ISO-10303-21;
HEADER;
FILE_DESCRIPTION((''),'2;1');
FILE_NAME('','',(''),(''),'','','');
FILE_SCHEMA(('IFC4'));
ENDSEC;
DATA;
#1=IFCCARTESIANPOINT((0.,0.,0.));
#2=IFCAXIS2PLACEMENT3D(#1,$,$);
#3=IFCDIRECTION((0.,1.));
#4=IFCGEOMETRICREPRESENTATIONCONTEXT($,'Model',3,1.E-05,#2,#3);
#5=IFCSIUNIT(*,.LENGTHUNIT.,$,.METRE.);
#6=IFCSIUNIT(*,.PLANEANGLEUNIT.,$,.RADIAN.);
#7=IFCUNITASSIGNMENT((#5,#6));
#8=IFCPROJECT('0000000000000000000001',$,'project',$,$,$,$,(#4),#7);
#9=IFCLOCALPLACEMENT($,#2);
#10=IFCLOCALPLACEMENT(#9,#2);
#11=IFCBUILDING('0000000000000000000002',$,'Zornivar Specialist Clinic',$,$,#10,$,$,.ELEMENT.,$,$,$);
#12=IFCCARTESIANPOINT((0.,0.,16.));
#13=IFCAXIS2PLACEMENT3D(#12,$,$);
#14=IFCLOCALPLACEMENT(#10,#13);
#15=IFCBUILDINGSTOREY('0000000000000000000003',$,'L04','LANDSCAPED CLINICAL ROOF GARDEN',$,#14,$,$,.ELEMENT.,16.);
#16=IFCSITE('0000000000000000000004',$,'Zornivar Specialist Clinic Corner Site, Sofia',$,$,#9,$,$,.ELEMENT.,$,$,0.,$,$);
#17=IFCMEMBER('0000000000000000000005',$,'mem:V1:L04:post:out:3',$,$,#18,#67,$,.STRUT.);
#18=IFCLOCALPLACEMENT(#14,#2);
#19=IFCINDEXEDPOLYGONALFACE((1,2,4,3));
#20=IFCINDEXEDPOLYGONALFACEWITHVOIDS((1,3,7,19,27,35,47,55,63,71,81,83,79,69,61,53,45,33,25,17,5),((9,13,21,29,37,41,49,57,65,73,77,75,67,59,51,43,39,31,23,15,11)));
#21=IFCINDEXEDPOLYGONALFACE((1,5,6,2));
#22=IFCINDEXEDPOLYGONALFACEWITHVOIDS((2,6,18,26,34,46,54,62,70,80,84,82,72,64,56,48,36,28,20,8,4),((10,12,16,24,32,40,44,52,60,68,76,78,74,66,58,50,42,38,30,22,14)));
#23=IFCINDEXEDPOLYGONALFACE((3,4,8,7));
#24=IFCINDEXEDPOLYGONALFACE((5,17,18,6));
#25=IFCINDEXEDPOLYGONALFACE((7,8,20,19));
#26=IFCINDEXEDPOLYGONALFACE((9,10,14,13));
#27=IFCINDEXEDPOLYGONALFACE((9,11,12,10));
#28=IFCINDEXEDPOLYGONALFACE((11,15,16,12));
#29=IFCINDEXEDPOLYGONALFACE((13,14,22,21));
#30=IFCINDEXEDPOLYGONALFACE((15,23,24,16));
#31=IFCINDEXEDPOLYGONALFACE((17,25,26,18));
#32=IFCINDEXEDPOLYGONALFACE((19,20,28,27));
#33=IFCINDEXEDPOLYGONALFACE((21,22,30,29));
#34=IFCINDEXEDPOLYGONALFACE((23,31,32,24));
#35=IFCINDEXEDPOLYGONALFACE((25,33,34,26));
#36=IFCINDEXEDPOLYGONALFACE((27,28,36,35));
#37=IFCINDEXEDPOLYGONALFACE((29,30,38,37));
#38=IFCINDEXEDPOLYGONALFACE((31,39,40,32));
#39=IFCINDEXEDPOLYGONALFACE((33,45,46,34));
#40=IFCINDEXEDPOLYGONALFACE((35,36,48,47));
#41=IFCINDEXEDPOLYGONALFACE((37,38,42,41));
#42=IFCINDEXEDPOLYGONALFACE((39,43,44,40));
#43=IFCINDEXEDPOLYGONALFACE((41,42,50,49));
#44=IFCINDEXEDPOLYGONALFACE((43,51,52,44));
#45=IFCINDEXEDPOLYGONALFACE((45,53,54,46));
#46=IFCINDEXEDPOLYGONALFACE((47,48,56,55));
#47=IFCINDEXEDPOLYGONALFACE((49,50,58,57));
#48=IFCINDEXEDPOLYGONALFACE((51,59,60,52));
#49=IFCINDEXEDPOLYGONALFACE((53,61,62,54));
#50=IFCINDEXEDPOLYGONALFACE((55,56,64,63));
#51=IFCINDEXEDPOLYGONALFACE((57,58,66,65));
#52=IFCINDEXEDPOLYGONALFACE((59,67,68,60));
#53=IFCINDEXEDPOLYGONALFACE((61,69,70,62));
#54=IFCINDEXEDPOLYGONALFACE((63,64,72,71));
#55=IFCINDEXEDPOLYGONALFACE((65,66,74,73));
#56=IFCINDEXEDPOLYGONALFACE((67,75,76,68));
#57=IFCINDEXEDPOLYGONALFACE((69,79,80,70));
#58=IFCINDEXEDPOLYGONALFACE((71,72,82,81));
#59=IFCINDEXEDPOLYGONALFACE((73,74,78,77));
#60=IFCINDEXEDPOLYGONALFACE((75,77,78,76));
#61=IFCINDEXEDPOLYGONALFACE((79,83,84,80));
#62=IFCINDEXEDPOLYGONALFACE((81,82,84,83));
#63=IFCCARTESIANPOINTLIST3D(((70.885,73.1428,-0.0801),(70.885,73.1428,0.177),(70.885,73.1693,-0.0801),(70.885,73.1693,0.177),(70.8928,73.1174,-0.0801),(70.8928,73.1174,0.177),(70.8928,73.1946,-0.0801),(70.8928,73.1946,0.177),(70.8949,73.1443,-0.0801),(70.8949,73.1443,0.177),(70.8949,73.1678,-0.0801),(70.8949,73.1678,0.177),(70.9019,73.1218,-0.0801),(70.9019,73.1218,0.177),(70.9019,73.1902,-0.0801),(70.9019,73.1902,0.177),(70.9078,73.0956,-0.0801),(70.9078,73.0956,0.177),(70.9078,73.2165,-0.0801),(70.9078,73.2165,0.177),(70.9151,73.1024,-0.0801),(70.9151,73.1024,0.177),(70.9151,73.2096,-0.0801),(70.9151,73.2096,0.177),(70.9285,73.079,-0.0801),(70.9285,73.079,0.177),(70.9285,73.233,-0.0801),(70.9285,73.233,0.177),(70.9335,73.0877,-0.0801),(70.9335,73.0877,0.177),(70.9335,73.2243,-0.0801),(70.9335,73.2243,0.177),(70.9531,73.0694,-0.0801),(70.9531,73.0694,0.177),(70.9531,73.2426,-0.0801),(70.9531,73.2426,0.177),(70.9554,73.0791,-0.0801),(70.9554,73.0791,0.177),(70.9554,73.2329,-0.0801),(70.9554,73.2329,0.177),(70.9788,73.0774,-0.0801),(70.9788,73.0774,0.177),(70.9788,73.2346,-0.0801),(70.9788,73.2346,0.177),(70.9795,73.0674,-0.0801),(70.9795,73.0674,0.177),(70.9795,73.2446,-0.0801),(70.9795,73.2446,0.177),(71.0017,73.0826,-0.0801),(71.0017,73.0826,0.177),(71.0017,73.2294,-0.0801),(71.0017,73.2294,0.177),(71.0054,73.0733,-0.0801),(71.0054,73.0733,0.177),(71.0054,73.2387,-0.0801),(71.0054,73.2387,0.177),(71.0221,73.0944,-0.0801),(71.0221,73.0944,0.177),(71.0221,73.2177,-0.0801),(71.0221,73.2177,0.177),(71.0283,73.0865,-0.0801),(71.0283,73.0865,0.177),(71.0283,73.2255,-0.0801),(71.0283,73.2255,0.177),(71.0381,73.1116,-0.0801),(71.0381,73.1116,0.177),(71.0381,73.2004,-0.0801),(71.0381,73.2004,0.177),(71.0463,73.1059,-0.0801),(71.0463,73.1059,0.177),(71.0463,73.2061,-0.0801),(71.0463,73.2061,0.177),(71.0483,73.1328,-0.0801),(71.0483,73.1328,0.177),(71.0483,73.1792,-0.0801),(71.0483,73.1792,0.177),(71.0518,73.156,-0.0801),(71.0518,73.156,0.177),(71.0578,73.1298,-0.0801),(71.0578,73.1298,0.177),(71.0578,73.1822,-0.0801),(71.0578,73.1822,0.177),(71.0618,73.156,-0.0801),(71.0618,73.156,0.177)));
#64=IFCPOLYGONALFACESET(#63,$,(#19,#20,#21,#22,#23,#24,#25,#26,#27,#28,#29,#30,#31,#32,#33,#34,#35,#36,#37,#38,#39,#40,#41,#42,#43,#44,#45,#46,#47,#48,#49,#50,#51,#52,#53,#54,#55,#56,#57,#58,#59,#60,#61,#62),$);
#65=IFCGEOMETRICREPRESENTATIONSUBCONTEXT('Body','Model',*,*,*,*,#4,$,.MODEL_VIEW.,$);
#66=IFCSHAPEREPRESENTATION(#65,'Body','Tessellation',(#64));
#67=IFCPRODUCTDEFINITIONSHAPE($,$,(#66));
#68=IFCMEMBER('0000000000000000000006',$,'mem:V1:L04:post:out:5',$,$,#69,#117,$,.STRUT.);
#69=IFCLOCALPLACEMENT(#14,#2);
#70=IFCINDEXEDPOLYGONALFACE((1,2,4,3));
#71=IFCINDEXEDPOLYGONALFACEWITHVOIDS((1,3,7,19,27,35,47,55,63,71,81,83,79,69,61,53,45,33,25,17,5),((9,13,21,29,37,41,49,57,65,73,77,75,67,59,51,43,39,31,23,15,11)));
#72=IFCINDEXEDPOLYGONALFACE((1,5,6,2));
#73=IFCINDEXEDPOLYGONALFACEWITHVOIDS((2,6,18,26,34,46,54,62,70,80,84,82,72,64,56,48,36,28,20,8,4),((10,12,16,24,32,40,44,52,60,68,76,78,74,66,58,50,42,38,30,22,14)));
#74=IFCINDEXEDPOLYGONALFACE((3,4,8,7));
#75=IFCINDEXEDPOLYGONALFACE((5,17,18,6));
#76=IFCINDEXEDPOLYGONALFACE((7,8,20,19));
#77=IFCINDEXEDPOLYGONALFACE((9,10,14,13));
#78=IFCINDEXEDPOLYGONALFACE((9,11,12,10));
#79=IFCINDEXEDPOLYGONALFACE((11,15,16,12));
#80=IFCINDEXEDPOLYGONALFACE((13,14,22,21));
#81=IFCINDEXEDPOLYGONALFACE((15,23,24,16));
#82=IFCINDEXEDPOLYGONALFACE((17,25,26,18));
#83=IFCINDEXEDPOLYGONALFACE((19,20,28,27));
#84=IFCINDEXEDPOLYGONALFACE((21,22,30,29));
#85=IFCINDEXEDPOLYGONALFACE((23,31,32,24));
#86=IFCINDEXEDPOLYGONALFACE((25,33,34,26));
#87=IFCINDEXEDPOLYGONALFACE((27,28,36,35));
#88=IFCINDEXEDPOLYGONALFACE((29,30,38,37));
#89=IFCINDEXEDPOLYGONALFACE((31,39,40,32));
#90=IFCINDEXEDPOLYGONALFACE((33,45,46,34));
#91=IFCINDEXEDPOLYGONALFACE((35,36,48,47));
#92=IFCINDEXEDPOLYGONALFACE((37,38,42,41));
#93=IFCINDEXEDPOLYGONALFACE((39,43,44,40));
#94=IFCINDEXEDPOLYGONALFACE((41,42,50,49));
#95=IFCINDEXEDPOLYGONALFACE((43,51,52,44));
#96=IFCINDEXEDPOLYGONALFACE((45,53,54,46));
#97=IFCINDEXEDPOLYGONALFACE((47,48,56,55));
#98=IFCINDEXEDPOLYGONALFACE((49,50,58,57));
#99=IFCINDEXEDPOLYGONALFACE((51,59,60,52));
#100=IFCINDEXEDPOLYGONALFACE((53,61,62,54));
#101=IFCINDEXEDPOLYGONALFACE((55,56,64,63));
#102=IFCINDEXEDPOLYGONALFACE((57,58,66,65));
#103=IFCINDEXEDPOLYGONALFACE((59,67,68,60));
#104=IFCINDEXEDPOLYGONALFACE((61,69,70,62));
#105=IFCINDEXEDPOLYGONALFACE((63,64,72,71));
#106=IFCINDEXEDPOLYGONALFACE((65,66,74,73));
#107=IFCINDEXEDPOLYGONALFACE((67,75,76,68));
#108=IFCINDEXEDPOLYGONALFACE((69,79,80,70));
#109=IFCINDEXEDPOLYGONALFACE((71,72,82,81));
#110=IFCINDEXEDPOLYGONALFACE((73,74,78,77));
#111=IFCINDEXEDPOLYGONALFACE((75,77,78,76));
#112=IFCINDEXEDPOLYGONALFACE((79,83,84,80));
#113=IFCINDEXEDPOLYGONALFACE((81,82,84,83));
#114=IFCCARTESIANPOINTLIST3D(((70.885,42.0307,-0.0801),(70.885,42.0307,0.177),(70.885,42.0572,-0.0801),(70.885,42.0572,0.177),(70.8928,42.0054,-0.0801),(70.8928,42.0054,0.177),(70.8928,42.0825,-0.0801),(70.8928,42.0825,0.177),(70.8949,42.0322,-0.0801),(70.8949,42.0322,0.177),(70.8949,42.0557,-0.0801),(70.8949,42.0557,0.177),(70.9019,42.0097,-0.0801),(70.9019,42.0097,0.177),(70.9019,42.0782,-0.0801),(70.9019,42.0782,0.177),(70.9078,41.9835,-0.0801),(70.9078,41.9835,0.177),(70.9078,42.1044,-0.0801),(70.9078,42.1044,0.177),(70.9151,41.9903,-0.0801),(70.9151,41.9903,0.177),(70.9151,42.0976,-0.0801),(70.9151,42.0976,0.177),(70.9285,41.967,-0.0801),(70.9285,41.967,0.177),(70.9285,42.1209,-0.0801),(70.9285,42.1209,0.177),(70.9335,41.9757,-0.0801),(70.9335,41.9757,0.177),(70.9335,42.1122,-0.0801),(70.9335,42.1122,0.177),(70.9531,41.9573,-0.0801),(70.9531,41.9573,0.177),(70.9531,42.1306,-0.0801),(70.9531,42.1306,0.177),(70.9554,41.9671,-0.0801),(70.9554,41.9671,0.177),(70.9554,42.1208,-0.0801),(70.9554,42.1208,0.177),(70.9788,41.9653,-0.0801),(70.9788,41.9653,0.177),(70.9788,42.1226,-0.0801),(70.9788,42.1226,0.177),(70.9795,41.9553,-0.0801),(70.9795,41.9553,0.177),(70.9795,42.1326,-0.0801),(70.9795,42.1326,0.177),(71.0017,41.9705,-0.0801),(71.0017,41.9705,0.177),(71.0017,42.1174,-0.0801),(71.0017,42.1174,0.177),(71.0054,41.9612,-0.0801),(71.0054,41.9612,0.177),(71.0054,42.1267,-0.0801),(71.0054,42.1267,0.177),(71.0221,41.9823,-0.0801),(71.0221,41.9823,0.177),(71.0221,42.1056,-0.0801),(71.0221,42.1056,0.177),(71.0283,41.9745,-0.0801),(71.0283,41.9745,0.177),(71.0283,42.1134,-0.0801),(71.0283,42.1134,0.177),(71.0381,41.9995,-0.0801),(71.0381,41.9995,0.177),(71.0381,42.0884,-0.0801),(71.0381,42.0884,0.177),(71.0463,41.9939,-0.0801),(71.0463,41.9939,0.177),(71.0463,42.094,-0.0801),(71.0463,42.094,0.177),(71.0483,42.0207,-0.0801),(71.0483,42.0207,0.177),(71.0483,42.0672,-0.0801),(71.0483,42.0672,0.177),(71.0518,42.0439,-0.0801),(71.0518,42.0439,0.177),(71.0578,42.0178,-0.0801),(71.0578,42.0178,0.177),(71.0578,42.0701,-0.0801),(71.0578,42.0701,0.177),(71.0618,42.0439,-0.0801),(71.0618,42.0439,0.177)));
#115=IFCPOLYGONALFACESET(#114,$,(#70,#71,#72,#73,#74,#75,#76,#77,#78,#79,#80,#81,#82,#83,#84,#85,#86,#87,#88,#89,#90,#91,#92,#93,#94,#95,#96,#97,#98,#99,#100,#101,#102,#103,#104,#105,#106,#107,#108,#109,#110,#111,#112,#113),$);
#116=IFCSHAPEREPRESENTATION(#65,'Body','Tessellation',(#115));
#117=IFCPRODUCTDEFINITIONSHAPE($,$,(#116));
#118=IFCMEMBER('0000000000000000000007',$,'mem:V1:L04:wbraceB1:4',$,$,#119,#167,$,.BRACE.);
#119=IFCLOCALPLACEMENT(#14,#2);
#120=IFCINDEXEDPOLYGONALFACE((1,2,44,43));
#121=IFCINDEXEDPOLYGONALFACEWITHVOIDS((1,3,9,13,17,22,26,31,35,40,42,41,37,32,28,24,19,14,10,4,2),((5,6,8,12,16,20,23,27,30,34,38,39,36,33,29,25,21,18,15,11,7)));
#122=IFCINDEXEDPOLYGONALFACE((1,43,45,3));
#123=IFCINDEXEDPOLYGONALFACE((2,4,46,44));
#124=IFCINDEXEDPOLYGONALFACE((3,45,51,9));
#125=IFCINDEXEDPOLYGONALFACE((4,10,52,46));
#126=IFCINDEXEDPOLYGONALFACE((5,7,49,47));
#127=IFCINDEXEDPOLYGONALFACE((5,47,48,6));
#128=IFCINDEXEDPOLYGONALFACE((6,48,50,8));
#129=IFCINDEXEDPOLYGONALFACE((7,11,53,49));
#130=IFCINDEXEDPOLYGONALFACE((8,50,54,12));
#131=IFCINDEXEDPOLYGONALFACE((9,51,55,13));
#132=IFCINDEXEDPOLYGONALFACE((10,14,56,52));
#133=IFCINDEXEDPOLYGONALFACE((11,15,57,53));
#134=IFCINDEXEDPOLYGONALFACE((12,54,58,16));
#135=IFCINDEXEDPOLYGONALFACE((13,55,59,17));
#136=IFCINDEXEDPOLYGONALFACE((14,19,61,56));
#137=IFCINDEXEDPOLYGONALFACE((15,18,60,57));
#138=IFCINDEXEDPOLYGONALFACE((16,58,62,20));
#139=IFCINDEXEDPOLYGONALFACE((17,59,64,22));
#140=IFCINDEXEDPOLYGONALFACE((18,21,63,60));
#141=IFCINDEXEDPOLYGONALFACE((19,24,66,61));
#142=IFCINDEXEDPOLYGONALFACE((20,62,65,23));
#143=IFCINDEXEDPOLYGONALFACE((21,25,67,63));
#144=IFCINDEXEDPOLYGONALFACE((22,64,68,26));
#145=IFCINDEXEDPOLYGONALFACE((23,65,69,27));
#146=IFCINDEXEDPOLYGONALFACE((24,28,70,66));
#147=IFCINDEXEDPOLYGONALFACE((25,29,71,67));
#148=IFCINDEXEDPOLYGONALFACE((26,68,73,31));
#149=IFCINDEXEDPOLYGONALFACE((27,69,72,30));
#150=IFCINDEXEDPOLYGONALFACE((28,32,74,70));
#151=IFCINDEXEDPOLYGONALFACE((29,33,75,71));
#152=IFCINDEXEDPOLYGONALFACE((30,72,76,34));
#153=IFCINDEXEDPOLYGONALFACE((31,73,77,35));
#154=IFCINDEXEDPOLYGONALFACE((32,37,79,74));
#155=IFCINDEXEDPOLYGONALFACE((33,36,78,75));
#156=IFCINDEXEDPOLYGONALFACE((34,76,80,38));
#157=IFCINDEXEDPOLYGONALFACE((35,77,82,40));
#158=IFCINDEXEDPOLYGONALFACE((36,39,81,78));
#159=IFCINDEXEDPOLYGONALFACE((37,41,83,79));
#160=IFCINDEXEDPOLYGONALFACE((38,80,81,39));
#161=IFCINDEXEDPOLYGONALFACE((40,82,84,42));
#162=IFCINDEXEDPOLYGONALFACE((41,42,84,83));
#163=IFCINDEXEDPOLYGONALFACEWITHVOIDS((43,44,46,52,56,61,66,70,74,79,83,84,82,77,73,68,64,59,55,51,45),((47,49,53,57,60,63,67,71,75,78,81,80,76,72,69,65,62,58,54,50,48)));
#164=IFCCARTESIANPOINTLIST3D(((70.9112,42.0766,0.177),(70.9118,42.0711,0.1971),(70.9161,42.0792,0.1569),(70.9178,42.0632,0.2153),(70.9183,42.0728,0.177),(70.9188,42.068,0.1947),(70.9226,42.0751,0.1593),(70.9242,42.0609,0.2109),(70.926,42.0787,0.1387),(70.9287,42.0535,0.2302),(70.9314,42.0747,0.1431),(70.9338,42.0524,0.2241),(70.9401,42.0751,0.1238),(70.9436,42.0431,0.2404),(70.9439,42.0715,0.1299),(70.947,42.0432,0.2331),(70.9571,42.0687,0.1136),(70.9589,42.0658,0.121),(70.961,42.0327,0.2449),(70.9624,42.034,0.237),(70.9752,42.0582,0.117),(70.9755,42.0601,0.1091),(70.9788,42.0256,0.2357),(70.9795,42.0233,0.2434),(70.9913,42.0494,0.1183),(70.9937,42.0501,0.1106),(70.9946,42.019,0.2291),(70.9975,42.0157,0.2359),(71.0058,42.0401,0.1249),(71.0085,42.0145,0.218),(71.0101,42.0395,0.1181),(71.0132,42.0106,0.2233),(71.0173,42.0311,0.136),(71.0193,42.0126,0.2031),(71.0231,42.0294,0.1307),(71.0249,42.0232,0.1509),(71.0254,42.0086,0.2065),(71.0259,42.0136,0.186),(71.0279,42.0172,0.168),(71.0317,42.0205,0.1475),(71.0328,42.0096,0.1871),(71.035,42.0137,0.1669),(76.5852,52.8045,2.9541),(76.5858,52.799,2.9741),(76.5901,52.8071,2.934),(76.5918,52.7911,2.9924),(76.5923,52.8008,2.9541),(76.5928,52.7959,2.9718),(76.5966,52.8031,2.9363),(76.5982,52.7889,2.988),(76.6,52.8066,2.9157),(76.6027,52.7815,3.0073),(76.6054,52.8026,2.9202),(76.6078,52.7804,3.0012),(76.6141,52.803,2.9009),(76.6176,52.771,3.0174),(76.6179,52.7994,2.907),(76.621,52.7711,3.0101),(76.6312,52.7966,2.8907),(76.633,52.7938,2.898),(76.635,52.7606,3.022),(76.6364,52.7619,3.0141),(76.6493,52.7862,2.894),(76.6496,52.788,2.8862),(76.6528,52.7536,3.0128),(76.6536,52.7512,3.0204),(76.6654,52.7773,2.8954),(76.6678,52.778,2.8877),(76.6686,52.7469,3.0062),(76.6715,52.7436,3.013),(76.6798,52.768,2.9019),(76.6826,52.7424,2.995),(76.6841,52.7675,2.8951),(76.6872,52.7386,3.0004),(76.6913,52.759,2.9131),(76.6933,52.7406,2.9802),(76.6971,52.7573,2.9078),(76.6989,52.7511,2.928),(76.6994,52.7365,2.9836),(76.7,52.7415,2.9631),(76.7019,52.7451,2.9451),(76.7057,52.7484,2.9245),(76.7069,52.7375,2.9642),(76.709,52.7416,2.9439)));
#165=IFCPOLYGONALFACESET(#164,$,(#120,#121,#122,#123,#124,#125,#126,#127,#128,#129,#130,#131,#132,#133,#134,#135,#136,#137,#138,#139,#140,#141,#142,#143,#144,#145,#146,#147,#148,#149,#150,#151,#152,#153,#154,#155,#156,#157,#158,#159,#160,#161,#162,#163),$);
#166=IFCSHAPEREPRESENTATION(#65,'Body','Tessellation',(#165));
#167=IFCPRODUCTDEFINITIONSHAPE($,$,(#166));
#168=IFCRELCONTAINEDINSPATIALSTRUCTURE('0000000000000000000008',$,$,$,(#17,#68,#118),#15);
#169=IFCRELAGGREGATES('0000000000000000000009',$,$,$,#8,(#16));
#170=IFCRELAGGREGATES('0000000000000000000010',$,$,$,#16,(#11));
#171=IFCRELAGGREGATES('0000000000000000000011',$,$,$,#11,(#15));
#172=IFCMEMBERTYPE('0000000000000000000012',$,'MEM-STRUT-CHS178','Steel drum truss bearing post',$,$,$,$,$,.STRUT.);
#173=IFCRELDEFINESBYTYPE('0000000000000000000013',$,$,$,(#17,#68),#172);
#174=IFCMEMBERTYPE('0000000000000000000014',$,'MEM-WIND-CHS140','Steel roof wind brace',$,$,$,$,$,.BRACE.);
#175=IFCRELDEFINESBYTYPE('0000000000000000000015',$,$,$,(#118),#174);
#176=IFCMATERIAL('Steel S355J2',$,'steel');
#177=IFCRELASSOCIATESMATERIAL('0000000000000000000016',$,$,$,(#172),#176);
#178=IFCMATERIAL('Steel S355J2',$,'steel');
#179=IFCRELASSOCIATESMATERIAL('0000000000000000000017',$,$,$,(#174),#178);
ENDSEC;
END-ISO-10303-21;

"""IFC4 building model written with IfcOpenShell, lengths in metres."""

from ifc_helpers import new_model, si_unit, direction, frame, origin, origin_2d, place, context, subcontext, project, spatial, hollow_circle, extrude, material, material_profile, profile_set, type_object, element, save


model = new_model("IFC4")

# Units and contexts
model_context = context("Model", 3, precision=1e-05, world=origin(), true_north=direction((0.0, 1.0)))
body_context = subcontext(model_context, "Body", "Model", "MODEL_VIEW")
ifc_project = project(units=[si_unit("LENGTHUNIT", "METRE"), si_unit("PLANEANGLEUNIT", "RADIAN")], contexts=[model_context])

# Site, building, storey
site_placement = place(None, origin())
site = spatial("IfcSite", under=ifc_project, at=site_placement, Name="Zornivar Specialist Clinic Corner Site, Sofia", CompositionType="ELEMENT", RefElevation=0.0)
building_placement = place(site_placement, origin())
building = spatial("IfcBuilding", under=site, at=building_placement, Name="Zornivar Specialist Clinic", CompositionType="ELEMENT")
storey_placement = place(building_placement, frame((0.0, 0.0, 16.0)))
storey = spatial("IfcBuildingStorey", under=building, at=storey_placement, Name="L04", Description="LANDSCAPED CLINICAL ROOF GARDEN", CompositionType="ELEMENT", Elevation=16.0)

# Members
ifc_material_1 = material(Name="Steel S355J2", Category="steel")
ifc_material_profile_1 = material_profile(ifc_material_1, hollow_circle(Radius=0.0889, WallThickness=0.01, at=origin_2d()), Name="CHS 177.8x10")
ifc_profile_set_1 = profile_set([ifc_material_profile_1], Name="Steel S355J2")
member_type_1 = type_object("IfcMemberType", Name="MEM-STRUT-CHS178", Description="Steel drum truss bearing post", PredefinedType="STRUT", material=ifc_profile_set_1)
for number, where, z_axis, x_axis, name in (
    (1, (70.9729, 73.156, -0.0801), (0.0, 0.0, 1.0), (1.0, 0.0, 0.0), "mem:V1:L04:post:out:3"),
    (2, (70.9729, 42.0439, -0.0801), (0.0, 0.0, 1.0), (1.0, 0.0, 0.0), "mem:V1:L04:post:out:5"),
):
    element("IfcMember", number, at=place(storey_placement, frame(where, z_axis=z_axis, x_axis=x_axis)), inside=storey, type_object=member_type_1, Name=name, PredefinedType="STRUT", context=body_context, shape_type="SweptSolid", body=[
        extrude(hollow_circle(Radius=0.0889, WallThickness=0.01, at=origin_2d()), origin(), (0.0, 0.0, 1.0), 0.2571),
    ])
ifc_material_2 = material(Name="Steel S355J2", Category="steel")
ifc_material_profile_2 = material_profile(ifc_material_2, hollow_circle(Radius=0.0698, WallThickness=0.0081, at=origin_2d()), Name="CHS 139.7x8")
ifc_profile_set_2 = profile_set([ifc_material_profile_2], Name="Steel S355J2")
member_type_2 = type_object("IfcMemberType", Name="MEM-WIND-CHS140", Description="Steel roof wind brace", PredefinedType="BRACE", material=ifc_profile_set_2)
member_1_placement = place(storey_placement, frame((70.9729, 42.0439, 0.177), z_axis=(0.455755, 0.861702, 0.223063), x_axis=(-0.883974, 0.467536, 0.0)))
element("IfcMember", 3, at=member_1_placement, inside=storey, type_object=member_type_2, Name="mem:V1:L04:wbraceB1:4", PredefinedType="BRACE", context=body_context, shape_type="SweptSolid", body=[
    extrude(hollow_circle(Radius=0.0698, WallThickness=0.0081, at=origin_2d()), origin(), (0.0, 0.0, 1.0), 12.4497),
])

save(model, "model.ifc")
